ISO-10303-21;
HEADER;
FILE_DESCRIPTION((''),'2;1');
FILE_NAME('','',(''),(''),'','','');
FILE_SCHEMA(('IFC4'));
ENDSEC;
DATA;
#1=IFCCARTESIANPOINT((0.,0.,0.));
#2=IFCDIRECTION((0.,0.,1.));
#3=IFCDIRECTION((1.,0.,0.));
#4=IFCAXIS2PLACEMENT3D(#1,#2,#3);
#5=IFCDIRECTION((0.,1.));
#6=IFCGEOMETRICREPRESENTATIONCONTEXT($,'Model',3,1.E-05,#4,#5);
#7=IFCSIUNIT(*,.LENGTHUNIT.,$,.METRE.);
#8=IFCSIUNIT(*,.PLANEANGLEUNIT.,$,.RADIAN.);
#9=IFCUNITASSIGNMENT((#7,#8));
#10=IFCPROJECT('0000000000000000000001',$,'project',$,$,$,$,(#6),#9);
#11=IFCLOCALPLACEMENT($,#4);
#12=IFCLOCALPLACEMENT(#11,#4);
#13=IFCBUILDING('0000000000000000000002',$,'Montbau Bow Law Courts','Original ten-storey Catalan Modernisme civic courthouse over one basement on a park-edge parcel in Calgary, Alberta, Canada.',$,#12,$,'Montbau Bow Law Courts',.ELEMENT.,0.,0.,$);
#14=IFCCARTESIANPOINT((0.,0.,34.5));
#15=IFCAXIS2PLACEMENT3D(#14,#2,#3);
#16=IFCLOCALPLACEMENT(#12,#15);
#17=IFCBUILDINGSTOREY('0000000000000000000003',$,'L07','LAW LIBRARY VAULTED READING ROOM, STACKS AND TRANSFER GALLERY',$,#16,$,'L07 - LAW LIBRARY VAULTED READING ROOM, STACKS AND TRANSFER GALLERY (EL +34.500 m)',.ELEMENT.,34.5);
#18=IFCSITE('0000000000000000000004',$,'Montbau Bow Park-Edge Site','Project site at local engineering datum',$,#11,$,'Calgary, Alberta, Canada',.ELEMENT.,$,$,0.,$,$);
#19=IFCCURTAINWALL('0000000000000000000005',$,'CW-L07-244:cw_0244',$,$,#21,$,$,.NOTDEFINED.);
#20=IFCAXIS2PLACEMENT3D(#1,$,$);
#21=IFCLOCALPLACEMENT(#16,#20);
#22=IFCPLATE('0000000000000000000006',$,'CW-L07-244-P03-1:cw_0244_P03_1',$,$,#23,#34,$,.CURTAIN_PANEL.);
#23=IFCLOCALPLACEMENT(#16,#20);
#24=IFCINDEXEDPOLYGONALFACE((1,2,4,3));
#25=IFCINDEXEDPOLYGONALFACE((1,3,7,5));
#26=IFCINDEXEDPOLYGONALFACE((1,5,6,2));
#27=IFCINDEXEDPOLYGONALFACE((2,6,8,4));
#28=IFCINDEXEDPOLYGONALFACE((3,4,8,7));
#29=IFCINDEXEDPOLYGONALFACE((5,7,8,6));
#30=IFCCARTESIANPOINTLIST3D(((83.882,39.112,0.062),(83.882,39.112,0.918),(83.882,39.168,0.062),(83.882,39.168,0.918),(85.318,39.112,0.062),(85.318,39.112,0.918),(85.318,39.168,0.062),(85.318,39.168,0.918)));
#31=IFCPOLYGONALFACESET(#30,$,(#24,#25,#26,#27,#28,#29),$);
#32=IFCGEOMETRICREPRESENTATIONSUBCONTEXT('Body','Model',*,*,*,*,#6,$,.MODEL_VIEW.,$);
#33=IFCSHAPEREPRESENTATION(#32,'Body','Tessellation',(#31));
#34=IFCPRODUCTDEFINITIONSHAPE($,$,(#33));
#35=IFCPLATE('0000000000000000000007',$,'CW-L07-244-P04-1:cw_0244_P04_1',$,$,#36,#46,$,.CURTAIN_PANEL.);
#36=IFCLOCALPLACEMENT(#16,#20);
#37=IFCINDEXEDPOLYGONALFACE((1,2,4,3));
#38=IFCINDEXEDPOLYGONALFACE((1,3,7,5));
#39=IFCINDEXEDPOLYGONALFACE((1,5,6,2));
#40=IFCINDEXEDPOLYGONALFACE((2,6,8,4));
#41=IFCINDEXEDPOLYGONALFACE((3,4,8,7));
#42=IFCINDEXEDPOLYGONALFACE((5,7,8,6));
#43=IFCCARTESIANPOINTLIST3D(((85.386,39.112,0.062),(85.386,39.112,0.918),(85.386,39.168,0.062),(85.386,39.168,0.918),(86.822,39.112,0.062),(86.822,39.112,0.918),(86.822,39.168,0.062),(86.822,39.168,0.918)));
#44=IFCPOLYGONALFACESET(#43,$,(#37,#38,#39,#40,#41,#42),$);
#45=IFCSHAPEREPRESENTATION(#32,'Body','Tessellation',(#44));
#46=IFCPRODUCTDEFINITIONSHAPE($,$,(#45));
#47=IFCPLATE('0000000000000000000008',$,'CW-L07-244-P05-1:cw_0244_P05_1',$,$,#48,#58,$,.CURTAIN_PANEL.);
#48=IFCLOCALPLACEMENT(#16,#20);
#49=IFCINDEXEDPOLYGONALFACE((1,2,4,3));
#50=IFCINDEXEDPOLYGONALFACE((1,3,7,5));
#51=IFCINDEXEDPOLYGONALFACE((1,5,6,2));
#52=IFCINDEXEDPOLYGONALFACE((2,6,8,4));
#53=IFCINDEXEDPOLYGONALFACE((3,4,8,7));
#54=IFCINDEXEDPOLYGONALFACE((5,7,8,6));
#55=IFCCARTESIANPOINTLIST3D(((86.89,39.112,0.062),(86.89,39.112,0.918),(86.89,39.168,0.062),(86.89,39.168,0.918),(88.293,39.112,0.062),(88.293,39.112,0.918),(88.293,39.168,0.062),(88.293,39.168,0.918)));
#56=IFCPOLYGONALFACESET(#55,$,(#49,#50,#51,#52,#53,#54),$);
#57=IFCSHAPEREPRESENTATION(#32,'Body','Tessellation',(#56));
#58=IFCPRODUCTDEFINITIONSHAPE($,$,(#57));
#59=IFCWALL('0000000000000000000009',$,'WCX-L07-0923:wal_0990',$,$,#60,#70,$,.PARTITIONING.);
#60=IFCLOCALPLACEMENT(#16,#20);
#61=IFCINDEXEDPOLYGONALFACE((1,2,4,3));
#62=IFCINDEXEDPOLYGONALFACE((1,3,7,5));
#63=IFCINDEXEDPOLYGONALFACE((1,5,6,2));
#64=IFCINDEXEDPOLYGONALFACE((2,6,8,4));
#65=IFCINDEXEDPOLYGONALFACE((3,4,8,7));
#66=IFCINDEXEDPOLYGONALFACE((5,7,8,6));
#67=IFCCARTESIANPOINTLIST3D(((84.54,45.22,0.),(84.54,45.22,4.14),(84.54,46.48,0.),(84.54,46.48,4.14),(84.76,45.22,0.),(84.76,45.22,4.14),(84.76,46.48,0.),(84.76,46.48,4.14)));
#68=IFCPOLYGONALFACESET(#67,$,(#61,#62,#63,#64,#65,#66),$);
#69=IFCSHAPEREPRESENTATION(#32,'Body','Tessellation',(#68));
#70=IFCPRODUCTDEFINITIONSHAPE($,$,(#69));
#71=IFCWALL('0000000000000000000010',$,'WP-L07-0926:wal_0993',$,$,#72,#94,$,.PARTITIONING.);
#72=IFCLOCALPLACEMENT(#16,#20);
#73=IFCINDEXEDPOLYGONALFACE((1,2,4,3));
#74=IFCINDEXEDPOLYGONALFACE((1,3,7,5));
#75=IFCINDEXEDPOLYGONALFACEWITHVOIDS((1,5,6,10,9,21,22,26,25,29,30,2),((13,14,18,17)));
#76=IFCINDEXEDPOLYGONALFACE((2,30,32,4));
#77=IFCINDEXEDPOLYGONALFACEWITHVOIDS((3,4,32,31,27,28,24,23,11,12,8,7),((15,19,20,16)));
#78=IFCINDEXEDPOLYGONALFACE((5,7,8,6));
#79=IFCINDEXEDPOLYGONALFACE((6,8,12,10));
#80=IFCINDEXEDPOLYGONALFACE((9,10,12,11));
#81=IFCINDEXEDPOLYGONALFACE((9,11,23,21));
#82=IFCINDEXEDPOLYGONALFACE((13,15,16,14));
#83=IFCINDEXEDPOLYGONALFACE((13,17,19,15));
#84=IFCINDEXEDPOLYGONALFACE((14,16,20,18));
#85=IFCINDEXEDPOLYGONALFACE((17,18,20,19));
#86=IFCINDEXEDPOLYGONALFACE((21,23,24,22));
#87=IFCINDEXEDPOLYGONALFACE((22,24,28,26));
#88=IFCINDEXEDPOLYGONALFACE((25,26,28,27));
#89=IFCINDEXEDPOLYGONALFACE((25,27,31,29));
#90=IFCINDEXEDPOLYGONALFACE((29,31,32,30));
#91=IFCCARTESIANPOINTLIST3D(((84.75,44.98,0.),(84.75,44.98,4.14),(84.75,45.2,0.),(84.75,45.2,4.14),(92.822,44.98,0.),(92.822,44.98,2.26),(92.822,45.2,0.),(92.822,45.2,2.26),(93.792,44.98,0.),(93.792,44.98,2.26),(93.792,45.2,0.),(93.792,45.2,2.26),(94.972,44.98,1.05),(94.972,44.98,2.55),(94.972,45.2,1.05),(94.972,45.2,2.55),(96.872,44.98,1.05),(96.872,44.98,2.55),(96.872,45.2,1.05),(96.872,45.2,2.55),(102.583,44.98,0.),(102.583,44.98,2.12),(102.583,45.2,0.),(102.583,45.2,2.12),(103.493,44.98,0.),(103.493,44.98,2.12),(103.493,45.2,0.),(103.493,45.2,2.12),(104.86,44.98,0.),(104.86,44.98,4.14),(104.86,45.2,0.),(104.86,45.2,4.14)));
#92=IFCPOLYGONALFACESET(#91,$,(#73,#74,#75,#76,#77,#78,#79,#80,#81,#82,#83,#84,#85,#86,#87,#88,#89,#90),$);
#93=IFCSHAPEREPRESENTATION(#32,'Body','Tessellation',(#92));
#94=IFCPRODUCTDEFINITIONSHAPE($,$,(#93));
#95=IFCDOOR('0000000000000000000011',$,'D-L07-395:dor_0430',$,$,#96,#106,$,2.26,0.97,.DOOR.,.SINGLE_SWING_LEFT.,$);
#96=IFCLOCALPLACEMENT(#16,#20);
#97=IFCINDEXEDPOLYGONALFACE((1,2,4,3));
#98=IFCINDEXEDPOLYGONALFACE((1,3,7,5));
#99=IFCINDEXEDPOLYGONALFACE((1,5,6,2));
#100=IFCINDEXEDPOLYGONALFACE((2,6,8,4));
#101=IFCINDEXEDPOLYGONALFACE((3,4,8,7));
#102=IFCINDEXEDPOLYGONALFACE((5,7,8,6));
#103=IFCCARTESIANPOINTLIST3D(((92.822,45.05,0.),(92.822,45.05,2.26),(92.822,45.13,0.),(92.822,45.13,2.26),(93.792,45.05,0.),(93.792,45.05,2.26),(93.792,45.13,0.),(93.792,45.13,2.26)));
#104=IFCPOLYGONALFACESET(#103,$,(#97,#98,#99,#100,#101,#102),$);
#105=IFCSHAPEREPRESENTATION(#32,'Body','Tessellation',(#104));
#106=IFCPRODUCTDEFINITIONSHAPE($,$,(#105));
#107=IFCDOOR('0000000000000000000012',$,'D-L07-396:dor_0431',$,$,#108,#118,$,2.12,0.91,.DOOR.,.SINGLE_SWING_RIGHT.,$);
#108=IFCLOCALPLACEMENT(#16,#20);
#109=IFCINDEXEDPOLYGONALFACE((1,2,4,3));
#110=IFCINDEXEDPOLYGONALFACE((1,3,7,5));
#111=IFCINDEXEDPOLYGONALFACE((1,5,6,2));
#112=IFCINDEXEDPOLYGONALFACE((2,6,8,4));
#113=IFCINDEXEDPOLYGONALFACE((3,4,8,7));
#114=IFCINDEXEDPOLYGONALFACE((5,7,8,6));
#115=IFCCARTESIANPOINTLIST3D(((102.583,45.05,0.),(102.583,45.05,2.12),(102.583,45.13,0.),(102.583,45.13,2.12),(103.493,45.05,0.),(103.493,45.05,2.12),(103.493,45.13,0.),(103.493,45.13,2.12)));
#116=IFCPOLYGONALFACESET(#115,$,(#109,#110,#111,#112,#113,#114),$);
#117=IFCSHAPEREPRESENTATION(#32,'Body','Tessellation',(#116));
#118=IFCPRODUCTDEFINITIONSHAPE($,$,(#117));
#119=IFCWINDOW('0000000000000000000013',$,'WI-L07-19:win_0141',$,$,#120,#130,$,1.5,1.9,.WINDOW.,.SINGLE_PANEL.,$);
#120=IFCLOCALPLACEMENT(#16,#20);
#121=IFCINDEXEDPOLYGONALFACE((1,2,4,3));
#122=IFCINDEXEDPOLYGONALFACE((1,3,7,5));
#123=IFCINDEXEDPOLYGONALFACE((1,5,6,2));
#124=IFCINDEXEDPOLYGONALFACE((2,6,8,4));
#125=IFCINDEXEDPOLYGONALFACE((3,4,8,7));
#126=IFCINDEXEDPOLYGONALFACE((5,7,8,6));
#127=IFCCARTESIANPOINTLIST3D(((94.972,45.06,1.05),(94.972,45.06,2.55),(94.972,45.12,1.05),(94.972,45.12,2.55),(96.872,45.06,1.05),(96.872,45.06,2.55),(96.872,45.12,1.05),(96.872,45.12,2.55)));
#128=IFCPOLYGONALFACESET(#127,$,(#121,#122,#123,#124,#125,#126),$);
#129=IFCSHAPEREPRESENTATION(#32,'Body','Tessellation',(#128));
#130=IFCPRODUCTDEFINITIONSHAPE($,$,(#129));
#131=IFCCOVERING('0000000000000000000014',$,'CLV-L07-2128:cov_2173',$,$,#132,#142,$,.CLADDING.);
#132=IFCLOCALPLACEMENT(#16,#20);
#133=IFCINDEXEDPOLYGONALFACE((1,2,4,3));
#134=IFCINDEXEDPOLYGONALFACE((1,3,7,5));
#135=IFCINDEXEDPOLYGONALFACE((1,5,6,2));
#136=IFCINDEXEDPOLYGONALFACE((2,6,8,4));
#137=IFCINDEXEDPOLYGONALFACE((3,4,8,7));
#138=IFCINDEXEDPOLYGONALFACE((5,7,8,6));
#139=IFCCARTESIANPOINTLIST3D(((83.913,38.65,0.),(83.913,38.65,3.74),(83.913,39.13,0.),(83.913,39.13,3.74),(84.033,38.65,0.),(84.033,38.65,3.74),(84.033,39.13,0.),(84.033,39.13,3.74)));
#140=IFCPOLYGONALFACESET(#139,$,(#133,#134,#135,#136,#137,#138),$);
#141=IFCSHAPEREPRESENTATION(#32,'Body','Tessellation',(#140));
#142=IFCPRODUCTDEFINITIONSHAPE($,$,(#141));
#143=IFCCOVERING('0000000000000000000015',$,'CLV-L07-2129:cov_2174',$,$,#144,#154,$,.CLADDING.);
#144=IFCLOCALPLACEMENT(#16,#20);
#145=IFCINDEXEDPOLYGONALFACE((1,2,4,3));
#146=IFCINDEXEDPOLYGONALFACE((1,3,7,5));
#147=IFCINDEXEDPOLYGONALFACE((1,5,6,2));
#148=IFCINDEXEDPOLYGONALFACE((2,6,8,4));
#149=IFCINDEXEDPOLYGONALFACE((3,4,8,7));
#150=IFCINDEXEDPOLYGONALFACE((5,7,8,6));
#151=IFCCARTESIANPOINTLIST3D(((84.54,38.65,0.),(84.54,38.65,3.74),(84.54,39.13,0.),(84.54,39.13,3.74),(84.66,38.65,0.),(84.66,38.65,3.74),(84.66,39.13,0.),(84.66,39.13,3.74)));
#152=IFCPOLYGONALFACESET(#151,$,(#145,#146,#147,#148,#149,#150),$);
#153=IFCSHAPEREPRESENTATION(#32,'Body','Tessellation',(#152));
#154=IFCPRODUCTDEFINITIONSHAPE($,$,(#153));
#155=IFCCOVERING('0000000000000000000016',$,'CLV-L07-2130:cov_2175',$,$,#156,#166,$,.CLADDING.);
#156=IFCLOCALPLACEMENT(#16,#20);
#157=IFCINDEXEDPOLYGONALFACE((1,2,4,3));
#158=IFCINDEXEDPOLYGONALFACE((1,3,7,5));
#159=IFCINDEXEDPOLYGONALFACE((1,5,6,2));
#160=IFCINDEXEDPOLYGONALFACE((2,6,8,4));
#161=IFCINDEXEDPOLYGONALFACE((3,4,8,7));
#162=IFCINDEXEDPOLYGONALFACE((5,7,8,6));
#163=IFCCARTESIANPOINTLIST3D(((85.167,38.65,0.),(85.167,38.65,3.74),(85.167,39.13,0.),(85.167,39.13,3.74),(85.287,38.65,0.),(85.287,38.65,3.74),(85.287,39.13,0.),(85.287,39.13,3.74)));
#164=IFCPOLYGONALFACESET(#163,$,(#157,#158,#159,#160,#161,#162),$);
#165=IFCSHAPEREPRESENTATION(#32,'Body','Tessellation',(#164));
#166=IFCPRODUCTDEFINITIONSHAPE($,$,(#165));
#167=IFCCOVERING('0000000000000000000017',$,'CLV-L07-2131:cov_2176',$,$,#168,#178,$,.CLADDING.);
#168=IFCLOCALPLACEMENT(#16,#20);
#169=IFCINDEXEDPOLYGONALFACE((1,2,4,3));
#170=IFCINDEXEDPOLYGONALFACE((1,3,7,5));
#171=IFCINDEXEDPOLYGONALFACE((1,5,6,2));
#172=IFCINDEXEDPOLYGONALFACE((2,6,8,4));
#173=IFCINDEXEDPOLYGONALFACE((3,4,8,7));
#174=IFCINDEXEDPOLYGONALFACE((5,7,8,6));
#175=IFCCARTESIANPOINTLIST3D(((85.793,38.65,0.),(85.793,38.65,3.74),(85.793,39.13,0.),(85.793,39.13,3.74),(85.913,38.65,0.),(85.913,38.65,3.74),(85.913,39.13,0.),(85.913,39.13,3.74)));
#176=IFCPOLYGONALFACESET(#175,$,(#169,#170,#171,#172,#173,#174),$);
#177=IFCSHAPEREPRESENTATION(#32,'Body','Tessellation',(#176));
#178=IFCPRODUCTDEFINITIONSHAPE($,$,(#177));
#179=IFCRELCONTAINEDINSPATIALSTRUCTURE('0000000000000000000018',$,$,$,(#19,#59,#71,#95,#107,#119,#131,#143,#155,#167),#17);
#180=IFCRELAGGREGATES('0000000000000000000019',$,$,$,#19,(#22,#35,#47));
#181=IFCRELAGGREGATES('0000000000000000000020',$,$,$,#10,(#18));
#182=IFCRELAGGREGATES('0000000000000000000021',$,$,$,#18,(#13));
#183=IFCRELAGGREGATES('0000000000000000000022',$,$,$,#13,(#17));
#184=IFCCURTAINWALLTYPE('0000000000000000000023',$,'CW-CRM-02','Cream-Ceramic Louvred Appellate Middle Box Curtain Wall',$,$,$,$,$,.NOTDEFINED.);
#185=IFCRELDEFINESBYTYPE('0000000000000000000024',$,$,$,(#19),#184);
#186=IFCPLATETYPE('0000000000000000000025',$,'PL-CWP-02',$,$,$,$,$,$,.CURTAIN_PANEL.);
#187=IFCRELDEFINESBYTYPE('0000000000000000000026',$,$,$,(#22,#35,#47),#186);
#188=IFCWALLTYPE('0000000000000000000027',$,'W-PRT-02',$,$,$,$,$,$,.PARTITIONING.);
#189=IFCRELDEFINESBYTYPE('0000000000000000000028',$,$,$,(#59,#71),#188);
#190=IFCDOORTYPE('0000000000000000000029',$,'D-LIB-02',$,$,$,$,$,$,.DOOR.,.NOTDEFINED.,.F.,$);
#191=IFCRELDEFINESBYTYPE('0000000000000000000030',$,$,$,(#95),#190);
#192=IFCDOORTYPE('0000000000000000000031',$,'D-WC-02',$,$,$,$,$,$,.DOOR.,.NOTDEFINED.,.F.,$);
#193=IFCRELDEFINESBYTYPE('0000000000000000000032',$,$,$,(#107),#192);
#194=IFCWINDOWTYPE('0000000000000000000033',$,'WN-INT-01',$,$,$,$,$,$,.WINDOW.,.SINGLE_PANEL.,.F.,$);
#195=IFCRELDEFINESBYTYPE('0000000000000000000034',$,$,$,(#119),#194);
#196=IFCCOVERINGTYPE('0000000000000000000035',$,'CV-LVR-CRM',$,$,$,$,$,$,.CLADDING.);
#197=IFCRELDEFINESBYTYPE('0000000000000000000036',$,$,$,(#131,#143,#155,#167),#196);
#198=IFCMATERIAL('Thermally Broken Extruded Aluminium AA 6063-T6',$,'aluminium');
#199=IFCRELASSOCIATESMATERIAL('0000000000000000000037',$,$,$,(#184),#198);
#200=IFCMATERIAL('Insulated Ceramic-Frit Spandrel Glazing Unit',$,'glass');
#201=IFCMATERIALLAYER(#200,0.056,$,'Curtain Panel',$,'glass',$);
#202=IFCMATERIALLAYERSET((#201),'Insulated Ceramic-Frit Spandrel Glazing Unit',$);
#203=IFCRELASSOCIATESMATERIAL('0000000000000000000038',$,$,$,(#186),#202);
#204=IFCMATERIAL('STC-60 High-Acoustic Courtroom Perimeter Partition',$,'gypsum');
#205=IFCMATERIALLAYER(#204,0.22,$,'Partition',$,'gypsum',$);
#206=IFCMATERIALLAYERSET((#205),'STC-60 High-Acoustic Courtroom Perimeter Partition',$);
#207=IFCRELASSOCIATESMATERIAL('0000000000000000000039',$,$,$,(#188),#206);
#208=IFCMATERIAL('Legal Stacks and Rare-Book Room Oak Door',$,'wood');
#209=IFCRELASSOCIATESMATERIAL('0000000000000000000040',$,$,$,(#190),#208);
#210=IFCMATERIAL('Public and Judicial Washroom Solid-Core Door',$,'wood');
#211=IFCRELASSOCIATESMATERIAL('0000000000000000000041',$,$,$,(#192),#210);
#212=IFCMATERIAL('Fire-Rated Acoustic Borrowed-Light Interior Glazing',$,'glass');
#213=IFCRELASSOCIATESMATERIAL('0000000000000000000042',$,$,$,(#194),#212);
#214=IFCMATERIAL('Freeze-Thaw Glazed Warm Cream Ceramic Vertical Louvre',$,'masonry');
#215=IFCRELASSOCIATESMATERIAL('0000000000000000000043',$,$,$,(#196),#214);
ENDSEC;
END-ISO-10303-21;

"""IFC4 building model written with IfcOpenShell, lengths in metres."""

from ifc_helpers import new_model, si_unit, direction, frame, frame_2d, origin_with_axes, place, context, subcontext, project, spatial, rectangle, extrude, material, layer, layer_set, type_object, element, fill, aggregate, save


model = new_model("IFC4")

# Units and contexts
model_context = context("Model", 3, precision=1e-05, world=origin_with_axes(), true_north=direction((0.0, 1.0)))
body_context = subcontext(model_context, "Body", "Model", "MODEL_VIEW")
ifc_project = project(units=[si_unit("LENGTHUNIT", "METRE"), si_unit("PLANEANGLEUNIT", "RADIAN")], contexts=[model_context])

# Site, building, storey
site_placement = place(None, origin_with_axes())
site = spatial("IfcSite", under=ifc_project, at=site_placement, Name="Montbau Bow Park-Edge Site", Description="Project site at local engineering datum", LongName="Calgary, Alberta, Canada", CompositionType="ELEMENT", RefElevation=0.0)
building_placement = place(site_placement, origin_with_axes())
building = spatial("IfcBuilding", under=site, at=building_placement, Name="Montbau Bow Law Courts", Description="Original ten-storey Catalan Modernisme civic courthouse over one basement on a park-edge parcel in Calgary, Alberta, Canada.", LongName="Montbau Bow Law Courts", CompositionType="ELEMENT", ElevationOfRefHeight=0.0, ElevationOfTerrain=0.0)
storey_placement = place(building_placement, frame((0.0, 0.0, 34.5), z_axis=(0.0, 0.0, 1.0), x_axis=(1.0, 0.0, 0.0)))
storey = spatial("IfcBuildingStorey", under=building, at=storey_placement, Name="L07", Description="LAW LIBRARY VAULTED READING ROOM, STACKS AND TRANSFER GALLERY", LongName="L07 - LAW LIBRARY VAULTED READING ROOM, STACKS AND TRANSFER GALLERY (EL +34.500 m)", CompositionType="ELEMENT", Elevation=34.5)

# Curtain wall, plates
ifc_material_1 = material(Name="Thermally Broken Extruded Aluminium AA 6063-T6", Category="aluminium")
curtain_wall_type = type_object("IfcCurtainWallType", Name="CW-CRM-02", Description="Cream-Ceramic Louvred Appellate Middle Box Curtain Wall", PredefinedType="NOTDEFINED", material=ifc_material_1)
curtain_wall_placement = place(None, frame((80.84, 39.14, 34.5), z_axis=(0.0, 0.0, 1.0), x_axis=(1.0, 0.0, 0.0)))
curtain_wall = element("IfcCurtainWall", 1, at=curtain_wall_placement, inside=storey, type_object=curtain_wall_type, Name="CW-L07-244:cw_0244", PredefinedType="NOTDEFINED")
ifc_material_2 = material(Name="Insulated Ceramic-Frit Spandrel Glazing Unit", Category="glass")
ifc_layer_1 = layer(ifc_material_2, 0.056, Name="Curtain Panel", Category="glass")
ifc_layer_set_1 = layer_set([ifc_layer_1], Name="Insulated Ceramic-Frit Spandrel Glazing Unit")
plate_type_1 = type_object("IfcPlateType", Name="PL-CWP-02", PredefinedType="CURTAIN_PANEL", material=ifc_layer_set_1)
plate_1_placement = place(None, frame((83.882, 39.14, 34.562), z_axis=(0.0, -1.0, 0.0), x_axis=(1.0, 0.0, 0.0)))
plate_1 = element("IfcPlate", 2, at=plate_1_placement, type_object=plate_type_1, Name="CW-L07-244-P03-1:cw_0244_P03_1", PredefinedType="CURTAIN_PANEL", context=body_context, shape_type="SweptSolid", body=[
    extrude(rectangle(XDim=1.436, YDim=0.856, at=frame_2d((0.718, 0.428), x_axis=(1.0, 0.0))), frame((0.0, 0.0, -0.028), z_axis=(0.0, 0.0, 1.0), x_axis=(1.0, 0.0, 0.0)), (0.0, 0.0, 1.0), 0.056),
])
plate_2_placement = place(None, frame((85.386, 39.14, 34.562), z_axis=(0.0, -1.0, 0.0), x_axis=(1.0, 0.0, 0.0)))
plate_2 = element("IfcPlate", 3, at=plate_2_placement, type_object=plate_type_1, Name="CW-L07-244-P04-1:cw_0244_P04_1", PredefinedType="CURTAIN_PANEL", context=body_context, shape_type="SweptSolid", body=[
    extrude(rectangle(XDim=1.436, YDim=0.856, at=frame_2d((0.718, 0.428), x_axis=(1.0, 0.0))), frame((0.0, 0.0, -0.028), z_axis=(0.0, 0.0, 1.0), x_axis=(1.0, 0.0, 0.0)), (0.0, 0.0, 1.0), 0.056),
])
plate_3_placement = place(None, frame((86.89, 39.14, 34.562), z_axis=(0.0, -1.0, 0.0), x_axis=(1.0, 0.0, 0.0)))
plate_3 = element("IfcPlate", 4, at=plate_3_placement, type_object=plate_type_1, Name="CW-L07-244-P05-1:cw_0244_P05_1", PredefinedType="CURTAIN_PANEL", context=body_context, shape_type="SweptSolid", body=[
    extrude(rectangle(XDim=1.403, YDim=0.856, at=frame_2d((0.7015, 0.428), x_axis=(1.0, 0.0))), frame((0.0, 0.0, -0.028), z_axis=(0.0, 0.0, 1.0), x_axis=(1.0, 0.0, 0.0)), (0.0, 0.0, 1.0), 0.056),
])
aggregate(curtain_wall, [plate_1, plate_2, plate_3])

# Wall
ifc_material_3 = material(Name="STC-60 High-Acoustic Courtroom Perimeter Partition", Category="gypsum")
ifc_layer_2 = layer(ifc_material_3, 0.22, Name="Partition", Category="gypsum")
ifc_layer_set_2 = layer_set([ifc_layer_2], Name="STC-60 High-Acoustic Courtroom Perimeter Partition")
wall_type = type_object("IfcWallType", Name="W-PRT-02", PredefinedType="PARTITIONING", material=ifc_layer_set_2)
wall_1_placement = place(None, frame((84.65, 45.22, 34.5), z_axis=(0.0, 0.0, 1.0), x_axis=(0.0, 1.0, 0.0)))
element("IfcWall", 5, at=wall_1_placement, inside=storey, type_object=wall_type, Name="WCX-L07-0923:wal_0990", PredefinedType="PARTITIONING", context=body_context, shape_type="SweptSolid", body=[
    extrude(rectangle(XDim=1.26, YDim=0.22, at=frame_2d((0.63, 0.0), x_axis=(1.0, 0.0))), origin_with_axes(), (0.0, 0.0, 1.0), 4.14),
])

# Wall, openings, doors, window
wall_2_placement = place(None, frame((84.75, 45.09, 34.5), z_axis=(0.0, 0.0, 1.0), x_axis=(1.0, 0.0, 0.0)))
wall_2 = element("IfcWall", 6, at=wall_2_placement, inside=storey, type_object=wall_type, Name="WP-L07-0926:wal_0993", PredefinedType="PARTITIONING", context=body_context, shape_type="SweptSolid", body=[
    extrude(rectangle(XDim=20.11, YDim=0.22, at=frame_2d((10.055, 0.0), x_axis=(1.0, 0.0))), origin_with_axes(), (0.0, 0.0, 1.0), 4.14),
])
opening_1_placement = place(None, frame((93.307, 45.09, 34.5), z_axis=(0.0, 0.0, 1.0), x_axis=(1.0, 0.0, 0.0)))
opening_1 = element("IfcOpeningElement", 7, at=opening_1_placement, cuts=wall_2, PredefinedType="OPENING", context=body_context, shape_type="SweptSolid", body=[
    extrude(rectangle(XDim=0.97, YDim=2.26, at=frame_2d((0.0, 1.13), x_axis=(1.0, 0.0))), frame((0.0, 0.12, 0.0), z_axis=(0.0, -1.0, 0.0), x_axis=(1.0, 0.0, 0.0)), (0.0, 0.0, 1.0), 0.24),
])
opening_2_placement = place(None, frame((103.038, 45.09, 34.5), z_axis=(0.0, 0.0, 1.0), x_axis=(1.0, 0.0, 0.0)))
opening_2 = element("IfcOpeningElement", 8, at=opening_2_placement, cuts=wall_2, PredefinedType="OPENING", context=body_context, shape_type="SweptSolid", body=[
    extrude(rectangle(XDim=0.91, YDim=2.12, at=frame_2d((0.0, 1.06), x_axis=(1.0, 0.0))), frame((0.0, 0.12, 0.0), z_axis=(0.0, -1.0, 0.0), x_axis=(1.0, 0.0, 0.0)), (0.0, 0.0, 1.0), 0.24),
])
opening_3_placement = place(None, frame((95.922, 45.09, 35.55), z_axis=(0.0, 0.0, 1.0), x_axis=(1.0, 0.0, 0.0)))
opening_3 = element("IfcOpeningElement", 9, at=opening_3_placement, cuts=wall_2, PredefinedType="OPENING", context=body_context, shape_type="SweptSolid", body=[
    extrude(rectangle(XDim=1.9, YDim=1.5, at=frame_2d((0.0, 0.75), x_axis=(1.0, 0.0))), frame((0.0, 0.12, 0.0), z_axis=(0.0, -1.0, 0.0), x_axis=(1.0, 0.0, 0.0)), (0.0, 0.0, 1.0), 0.24),
])
ifc_material_4 = material(Name="Legal Stacks and Rare-Book Room Oak Door", Category="wood")
door_type_1 = type_object("IfcDoorType", Name="D-LIB-02", OperationType="NOTDEFINED", ParameterTakesPrecedence=False, PredefinedType="DOOR", material=ifc_material_4)
door_1_placement = place(None, frame((93.307, 45.09, 34.5), z_axis=(0.0, 0.0, 1.0), x_axis=(-1.0, 0.0, 0.0)))
door_1 = element("IfcDoor", 10, at=door_1_placement, inside=storey, type_object=door_type_1, Name="D-L07-395:dor_0430", OperationType="SINGLE_SWING_LEFT", OverallHeight=2.26, OverallWidth=0.97, PredefinedType="DOOR", context=body_context, shape_type="SweptSolid", body=[
    extrude(rectangle(XDim=0.97, YDim=2.26, at=frame_2d((0.0, 1.13), x_axis=(1.0, 0.0))), frame((0.0, 0.04, 0.0), z_axis=(0.0, -1.0, 0.0), x_axis=(1.0, 0.0, 0.0)), (0.0, 0.0, 1.0), 0.08),
])
fill(opening_1, door_1)
ifc_material_5 = material(Name="Public and Judicial Washroom Solid-Core Door", Category="wood")
door_type_2 = type_object("IfcDoorType", Name="D-WC-02", OperationType="NOTDEFINED", ParameterTakesPrecedence=False, PredefinedType="DOOR", material=ifc_material_5)
door_2_placement = place(None, frame((103.038, 45.09, 34.5), z_axis=(0.0, 0.0, 1.0), x_axis=(-1.0, 0.0, 0.0)))
door_2 = element("IfcDoor", 11, at=door_2_placement, inside=storey, type_object=door_type_2, Name="D-L07-396:dor_0431", OperationType="SINGLE_SWING_RIGHT", OverallHeight=2.12, OverallWidth=0.91, PredefinedType="DOOR", context=body_context, shape_type="SweptSolid", body=[
    extrude(rectangle(XDim=0.91, YDim=2.12, at=frame_2d((0.0, 1.06), x_axis=(1.0, 0.0))), frame((0.0, 0.04, 0.0), z_axis=(0.0, -1.0, 0.0), x_axis=(1.0, 0.0, 0.0)), (0.0, 0.0, 1.0), 0.08),
])
fill(opening_2, door_2)
ifc_material_6 = material(Name="Fire-Rated Acoustic Borrowed-Light Interior Glazing", Category="glass")
window_type = type_object("IfcWindowType", Name="WN-INT-01", ParameterTakesPrecedence=False, PartitioningType="SINGLE_PANEL", PredefinedType="WINDOW", material=ifc_material_6)
window_placement = place(None, frame((95.922, 45.09, 35.55), z_axis=(0.0, 0.0, 1.0), x_axis=(1.0, 0.0, 0.0)))
window = element("IfcWindow", 12, at=window_placement, inside=storey, type_object=window_type, Name="WI-L07-19:win_0141", OverallHeight=1.5, OverallWidth=1.9, PartitioningType="SINGLE_PANEL", PredefinedType="WINDOW", context=body_context, shape_type="SweptSolid", body=[
    extrude(rectangle(XDim=1.9, YDim=1.5, at=frame_2d((0.0, 0.75), x_axis=(1.0, 0.0))), frame((0.0, 0.03, 0.0), z_axis=(0.0, -1.0, 0.0), x_axis=(1.0, 0.0, 0.0)), (0.0, 0.0, 1.0), 0.06),
])
fill(opening_3, window)

# Coverings
ifc_material_7 = material(Name="Freeze-Thaw Glazed Warm Cream Ceramic Vertical Louvre", Category="masonry")
covering_type = type_object("IfcCoveringType", Name="CV-LVR-CRM", PredefinedType="CLADDING", material=ifc_material_7)
for number, where, z_axis, x_axis, name in (
    (13, (83.973, 39.13, 34.5), (-1.0, 0.0, 0.0), (0.0, -1.0, 0.0), "CLV-L07-2128:cov_2173"),
    (14, (84.6, 39.13, 34.5), (-1.0, 0.0, 0.0), (0.0, -1.0, 0.0), "CLV-L07-2129:cov_2174"),
    (15, (85.227, 39.13, 34.5), (-1.0, 0.0, 0.0), (0.0, -1.0, 0.0), "CLV-L07-2130:cov_2175"),
    (16, (85.853, 39.13, 34.5), (-1.0, 0.0, 0.0), (0.0, -1.0, 0.0), "CLV-L07-2131:cov_2176"),
):
    element("IfcCovering", number, at=place(None, frame(where, z_axis=z_axis, x_axis=x_axis)), inside=storey, type_object=covering_type, Name=name, PredefinedType="CLADDING", context=body_context, shape_type="SweptSolid", body=[
        extrude(rectangle(XDim=0.48, YDim=3.74, at=frame_2d((0.24, 1.87), x_axis=(1.0, 0.0))), frame((0.0, 0.0, -0.06), z_axis=(0.0, 0.0, 1.0), x_axis=(1.0, 0.0, 0.0)), (0.0, 0.0, 1.0), 0.12),
    ])

save(model, "model.ifc")
